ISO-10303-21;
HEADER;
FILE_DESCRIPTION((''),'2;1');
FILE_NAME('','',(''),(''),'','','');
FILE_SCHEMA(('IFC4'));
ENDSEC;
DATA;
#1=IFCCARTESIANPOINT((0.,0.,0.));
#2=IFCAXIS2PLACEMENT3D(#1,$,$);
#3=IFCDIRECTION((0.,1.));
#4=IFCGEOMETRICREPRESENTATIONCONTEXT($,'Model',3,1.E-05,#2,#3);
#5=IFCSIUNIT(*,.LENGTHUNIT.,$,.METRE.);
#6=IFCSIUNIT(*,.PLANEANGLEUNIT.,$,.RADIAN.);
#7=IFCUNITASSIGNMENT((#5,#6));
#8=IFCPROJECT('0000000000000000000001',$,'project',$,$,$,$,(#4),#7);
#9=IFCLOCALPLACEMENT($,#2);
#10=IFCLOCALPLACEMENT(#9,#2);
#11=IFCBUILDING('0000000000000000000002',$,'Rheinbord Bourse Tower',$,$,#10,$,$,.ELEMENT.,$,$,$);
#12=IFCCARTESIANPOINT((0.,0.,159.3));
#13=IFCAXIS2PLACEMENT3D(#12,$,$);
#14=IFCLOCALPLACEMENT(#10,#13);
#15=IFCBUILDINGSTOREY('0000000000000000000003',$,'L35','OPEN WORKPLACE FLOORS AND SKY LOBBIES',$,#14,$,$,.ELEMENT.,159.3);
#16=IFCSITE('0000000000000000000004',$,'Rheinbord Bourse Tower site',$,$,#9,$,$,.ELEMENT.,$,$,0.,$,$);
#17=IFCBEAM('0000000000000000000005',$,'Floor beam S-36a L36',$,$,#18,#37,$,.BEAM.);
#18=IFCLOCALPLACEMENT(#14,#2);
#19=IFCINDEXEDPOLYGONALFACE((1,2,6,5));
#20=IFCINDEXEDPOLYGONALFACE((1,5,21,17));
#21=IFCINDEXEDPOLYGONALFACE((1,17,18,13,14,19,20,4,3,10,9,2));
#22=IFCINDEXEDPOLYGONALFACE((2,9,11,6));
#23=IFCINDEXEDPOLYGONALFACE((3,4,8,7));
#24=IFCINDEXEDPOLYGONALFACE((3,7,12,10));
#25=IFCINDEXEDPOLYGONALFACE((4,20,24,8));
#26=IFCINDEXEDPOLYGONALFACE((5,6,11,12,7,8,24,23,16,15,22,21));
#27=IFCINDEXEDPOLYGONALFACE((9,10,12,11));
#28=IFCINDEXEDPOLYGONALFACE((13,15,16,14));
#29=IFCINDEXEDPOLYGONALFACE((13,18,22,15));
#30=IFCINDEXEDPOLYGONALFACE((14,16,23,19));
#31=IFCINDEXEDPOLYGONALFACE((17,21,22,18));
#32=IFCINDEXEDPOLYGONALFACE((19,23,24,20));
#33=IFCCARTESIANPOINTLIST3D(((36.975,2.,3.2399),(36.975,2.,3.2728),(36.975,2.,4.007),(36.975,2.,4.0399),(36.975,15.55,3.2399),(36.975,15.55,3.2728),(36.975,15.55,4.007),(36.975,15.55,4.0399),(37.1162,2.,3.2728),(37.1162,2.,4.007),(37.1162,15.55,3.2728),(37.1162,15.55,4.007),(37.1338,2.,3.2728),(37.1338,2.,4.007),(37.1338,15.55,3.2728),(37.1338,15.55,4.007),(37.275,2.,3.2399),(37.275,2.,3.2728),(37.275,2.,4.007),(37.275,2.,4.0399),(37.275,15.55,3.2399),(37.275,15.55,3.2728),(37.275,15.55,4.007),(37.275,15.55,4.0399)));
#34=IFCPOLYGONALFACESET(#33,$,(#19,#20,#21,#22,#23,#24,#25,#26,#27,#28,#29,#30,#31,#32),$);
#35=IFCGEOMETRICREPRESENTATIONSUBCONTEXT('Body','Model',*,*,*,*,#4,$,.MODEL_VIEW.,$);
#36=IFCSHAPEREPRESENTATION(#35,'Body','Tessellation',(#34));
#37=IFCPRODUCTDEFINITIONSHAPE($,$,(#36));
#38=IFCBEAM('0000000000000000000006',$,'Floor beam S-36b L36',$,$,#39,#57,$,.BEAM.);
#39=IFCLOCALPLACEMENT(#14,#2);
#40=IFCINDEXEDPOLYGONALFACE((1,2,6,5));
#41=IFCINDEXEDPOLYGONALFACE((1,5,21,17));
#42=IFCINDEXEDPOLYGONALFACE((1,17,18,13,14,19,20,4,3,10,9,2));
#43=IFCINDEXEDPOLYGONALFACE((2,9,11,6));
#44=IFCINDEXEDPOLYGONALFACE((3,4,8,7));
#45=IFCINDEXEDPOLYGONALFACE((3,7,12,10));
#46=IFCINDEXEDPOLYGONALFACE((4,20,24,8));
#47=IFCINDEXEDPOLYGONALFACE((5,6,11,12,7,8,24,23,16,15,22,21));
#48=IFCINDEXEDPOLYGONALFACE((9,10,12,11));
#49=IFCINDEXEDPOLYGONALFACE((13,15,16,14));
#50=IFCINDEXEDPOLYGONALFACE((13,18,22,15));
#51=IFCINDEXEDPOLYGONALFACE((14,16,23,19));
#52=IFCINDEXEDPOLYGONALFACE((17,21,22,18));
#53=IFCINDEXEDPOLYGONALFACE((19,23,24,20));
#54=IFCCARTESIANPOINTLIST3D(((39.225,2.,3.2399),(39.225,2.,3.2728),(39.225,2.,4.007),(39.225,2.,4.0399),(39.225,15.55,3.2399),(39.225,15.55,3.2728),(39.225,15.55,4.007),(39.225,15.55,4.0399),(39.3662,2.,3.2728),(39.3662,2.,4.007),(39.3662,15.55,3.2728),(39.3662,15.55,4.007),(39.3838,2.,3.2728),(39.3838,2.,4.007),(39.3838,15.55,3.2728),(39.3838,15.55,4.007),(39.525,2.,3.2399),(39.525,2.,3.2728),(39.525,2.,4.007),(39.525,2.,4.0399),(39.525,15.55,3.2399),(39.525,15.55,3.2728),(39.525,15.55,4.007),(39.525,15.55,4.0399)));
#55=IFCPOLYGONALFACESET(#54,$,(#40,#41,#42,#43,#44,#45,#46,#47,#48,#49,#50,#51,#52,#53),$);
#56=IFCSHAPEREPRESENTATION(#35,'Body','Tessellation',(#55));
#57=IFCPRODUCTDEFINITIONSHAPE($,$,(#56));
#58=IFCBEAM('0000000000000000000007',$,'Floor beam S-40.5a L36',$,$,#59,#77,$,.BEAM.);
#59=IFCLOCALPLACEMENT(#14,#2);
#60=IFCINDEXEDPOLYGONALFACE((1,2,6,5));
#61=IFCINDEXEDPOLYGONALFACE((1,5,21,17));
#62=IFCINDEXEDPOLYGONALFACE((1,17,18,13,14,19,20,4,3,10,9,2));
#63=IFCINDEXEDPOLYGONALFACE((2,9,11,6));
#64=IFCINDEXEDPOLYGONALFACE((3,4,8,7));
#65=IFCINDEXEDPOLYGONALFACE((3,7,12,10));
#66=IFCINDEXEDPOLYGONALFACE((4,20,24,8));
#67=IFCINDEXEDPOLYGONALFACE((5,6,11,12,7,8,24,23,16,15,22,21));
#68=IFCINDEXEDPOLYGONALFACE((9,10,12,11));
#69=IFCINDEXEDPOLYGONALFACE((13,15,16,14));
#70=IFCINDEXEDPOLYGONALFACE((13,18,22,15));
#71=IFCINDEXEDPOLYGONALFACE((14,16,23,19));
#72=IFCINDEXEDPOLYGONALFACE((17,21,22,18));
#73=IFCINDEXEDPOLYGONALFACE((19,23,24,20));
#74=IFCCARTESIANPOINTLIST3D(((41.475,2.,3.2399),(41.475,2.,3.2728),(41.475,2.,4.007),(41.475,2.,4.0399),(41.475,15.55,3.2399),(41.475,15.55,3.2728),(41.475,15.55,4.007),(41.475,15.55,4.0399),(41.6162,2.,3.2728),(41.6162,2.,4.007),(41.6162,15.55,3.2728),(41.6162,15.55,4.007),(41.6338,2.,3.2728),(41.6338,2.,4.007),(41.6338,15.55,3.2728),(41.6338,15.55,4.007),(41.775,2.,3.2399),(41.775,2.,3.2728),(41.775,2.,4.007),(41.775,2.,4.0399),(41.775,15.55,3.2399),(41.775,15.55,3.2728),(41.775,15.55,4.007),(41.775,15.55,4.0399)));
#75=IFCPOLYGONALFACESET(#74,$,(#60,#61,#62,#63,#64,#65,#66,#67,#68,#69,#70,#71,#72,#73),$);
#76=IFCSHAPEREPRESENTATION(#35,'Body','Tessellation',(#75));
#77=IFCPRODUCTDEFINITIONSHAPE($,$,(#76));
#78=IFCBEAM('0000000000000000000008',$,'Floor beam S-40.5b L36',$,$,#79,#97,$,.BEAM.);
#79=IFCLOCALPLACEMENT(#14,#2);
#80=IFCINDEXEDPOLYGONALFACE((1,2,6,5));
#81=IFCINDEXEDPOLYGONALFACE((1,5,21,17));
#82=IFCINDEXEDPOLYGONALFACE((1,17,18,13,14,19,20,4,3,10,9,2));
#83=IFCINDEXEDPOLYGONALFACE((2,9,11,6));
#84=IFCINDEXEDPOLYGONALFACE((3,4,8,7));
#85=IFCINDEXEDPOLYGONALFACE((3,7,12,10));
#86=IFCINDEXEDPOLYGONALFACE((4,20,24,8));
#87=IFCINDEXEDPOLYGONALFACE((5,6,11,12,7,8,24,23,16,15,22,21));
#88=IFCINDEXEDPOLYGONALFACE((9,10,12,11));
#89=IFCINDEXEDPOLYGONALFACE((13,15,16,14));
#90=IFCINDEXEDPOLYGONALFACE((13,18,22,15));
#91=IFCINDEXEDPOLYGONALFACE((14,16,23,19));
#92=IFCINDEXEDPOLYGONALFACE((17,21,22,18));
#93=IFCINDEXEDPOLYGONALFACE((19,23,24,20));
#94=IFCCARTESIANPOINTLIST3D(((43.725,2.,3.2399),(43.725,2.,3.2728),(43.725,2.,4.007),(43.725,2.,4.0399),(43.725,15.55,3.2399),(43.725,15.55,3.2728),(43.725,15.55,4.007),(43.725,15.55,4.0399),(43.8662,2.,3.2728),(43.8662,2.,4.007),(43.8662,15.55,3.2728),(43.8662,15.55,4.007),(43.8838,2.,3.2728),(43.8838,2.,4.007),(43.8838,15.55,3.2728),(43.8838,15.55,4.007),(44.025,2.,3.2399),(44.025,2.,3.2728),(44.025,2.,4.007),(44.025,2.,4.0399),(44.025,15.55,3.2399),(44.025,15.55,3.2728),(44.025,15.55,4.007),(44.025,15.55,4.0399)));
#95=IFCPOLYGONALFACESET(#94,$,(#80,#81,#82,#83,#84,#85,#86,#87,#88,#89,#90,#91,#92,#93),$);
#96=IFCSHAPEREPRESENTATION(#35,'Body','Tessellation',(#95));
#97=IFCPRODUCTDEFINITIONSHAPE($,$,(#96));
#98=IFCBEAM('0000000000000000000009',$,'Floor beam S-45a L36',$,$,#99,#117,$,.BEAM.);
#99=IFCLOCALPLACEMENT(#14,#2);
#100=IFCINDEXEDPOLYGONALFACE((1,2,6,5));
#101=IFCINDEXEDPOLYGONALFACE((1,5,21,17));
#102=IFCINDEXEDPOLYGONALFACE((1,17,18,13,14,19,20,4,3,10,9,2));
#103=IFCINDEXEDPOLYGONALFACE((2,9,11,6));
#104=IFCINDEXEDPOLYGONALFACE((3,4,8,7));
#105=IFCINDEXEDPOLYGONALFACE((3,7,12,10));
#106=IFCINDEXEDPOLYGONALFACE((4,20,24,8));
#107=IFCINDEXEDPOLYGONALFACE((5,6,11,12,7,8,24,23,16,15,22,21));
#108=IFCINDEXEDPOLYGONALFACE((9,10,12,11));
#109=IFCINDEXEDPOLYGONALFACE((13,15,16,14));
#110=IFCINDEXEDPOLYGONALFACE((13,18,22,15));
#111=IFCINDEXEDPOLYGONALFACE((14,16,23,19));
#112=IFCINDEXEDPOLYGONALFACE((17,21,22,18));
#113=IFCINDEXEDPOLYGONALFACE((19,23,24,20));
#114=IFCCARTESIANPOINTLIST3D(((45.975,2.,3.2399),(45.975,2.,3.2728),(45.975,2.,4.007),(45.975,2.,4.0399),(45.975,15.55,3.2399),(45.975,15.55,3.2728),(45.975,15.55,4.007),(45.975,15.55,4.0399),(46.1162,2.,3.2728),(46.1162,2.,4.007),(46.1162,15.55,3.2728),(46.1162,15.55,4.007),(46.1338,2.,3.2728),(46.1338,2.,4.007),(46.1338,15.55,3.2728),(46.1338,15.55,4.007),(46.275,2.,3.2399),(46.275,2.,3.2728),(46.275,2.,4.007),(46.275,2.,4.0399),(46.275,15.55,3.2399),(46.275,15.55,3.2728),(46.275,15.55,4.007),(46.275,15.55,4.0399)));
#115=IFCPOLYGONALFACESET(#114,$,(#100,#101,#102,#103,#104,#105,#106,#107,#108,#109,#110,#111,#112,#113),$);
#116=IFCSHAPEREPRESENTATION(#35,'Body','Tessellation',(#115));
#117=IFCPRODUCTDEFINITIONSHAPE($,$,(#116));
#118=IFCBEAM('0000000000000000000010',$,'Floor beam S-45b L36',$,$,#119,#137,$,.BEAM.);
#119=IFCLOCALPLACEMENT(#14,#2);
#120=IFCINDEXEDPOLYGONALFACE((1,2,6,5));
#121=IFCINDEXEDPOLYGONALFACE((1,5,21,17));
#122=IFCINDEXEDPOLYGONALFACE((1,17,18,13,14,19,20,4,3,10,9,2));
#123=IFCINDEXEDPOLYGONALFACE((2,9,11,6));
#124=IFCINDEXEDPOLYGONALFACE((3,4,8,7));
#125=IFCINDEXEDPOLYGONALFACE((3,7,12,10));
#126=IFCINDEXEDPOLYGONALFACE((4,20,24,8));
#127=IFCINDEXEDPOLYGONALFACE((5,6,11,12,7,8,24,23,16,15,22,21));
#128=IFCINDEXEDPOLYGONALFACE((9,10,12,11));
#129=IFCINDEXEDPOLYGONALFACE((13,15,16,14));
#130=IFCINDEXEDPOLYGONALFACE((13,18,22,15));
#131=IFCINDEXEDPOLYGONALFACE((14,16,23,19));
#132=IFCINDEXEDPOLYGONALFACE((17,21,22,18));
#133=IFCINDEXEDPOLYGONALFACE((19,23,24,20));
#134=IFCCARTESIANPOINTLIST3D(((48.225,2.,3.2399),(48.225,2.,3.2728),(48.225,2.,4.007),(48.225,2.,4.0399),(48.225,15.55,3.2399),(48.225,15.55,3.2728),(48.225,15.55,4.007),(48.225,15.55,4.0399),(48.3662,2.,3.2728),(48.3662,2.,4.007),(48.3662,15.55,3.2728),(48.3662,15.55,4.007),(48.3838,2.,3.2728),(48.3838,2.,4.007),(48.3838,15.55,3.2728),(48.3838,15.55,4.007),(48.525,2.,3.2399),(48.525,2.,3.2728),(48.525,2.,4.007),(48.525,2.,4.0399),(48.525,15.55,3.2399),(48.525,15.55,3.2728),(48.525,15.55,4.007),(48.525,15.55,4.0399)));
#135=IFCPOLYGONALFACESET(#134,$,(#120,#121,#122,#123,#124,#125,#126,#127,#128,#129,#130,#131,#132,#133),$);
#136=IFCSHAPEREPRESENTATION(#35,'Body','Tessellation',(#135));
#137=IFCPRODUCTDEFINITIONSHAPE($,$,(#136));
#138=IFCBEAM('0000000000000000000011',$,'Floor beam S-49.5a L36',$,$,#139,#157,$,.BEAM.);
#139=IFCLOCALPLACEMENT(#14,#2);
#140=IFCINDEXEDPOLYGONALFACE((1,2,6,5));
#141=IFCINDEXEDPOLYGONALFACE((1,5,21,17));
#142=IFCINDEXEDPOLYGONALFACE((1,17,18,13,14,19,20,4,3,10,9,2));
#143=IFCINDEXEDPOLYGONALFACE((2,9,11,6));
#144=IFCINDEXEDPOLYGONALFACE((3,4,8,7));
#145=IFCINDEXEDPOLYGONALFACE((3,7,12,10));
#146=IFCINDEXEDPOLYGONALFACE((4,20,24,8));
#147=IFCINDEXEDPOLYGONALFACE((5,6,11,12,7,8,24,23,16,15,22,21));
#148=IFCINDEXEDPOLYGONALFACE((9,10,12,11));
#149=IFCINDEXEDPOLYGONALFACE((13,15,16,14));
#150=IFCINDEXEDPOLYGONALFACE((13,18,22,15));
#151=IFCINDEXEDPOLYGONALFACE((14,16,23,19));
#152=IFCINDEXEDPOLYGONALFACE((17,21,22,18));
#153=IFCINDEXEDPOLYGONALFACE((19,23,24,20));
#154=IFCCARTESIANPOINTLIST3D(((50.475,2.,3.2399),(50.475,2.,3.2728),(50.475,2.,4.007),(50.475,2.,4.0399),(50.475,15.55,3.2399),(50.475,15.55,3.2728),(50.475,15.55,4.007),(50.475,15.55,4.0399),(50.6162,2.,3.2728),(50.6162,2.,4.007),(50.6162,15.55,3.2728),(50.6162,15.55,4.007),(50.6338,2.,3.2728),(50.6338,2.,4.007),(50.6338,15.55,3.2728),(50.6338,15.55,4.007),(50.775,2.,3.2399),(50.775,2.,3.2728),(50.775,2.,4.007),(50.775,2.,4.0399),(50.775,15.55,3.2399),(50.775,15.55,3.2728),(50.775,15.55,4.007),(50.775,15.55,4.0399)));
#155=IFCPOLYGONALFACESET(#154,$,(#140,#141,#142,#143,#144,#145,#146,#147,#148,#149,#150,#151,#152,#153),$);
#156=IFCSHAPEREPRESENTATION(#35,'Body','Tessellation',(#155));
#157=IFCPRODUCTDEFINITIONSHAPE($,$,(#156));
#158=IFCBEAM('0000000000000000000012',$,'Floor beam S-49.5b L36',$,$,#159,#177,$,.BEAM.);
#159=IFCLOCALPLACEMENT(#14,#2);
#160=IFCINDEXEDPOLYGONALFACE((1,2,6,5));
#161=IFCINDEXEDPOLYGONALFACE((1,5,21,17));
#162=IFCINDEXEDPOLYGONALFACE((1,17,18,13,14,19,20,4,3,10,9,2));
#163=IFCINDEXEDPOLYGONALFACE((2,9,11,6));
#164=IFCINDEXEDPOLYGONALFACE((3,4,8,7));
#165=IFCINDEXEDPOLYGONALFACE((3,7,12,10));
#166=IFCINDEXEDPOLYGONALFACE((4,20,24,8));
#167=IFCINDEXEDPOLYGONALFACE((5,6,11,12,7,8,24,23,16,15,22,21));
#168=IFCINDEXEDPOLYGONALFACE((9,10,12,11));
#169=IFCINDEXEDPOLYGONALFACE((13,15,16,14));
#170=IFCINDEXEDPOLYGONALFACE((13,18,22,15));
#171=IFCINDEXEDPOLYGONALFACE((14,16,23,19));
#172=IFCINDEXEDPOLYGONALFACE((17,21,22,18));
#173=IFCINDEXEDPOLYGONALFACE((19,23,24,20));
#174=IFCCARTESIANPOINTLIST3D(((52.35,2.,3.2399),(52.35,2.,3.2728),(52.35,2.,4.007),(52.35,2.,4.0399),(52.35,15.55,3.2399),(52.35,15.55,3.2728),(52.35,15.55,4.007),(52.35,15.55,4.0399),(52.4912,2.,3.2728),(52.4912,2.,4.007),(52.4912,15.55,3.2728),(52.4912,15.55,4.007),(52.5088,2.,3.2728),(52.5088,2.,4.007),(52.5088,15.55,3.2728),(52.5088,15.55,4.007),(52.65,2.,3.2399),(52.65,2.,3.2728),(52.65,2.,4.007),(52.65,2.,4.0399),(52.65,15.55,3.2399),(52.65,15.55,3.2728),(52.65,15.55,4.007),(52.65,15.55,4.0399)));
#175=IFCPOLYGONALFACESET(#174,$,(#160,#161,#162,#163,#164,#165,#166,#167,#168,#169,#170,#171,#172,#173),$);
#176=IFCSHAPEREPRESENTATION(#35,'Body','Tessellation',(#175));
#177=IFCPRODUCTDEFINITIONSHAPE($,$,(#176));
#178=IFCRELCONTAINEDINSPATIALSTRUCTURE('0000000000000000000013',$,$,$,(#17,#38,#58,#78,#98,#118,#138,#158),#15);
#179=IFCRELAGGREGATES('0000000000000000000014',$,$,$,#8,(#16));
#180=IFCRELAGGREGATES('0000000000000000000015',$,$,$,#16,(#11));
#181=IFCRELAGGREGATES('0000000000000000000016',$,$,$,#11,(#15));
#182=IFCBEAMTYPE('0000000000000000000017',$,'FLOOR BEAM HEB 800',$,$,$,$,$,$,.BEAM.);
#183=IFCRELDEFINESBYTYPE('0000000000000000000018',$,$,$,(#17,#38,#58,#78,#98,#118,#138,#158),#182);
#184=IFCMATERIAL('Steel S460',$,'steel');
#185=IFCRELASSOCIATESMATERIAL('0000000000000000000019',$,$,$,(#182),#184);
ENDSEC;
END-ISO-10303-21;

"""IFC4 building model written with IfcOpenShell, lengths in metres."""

from ifc_helpers import new_model, si_unit, direction, frame, origin, origin_2d, place, context, subcontext, project, spatial, i_section, extrude, material, material_profile, profile_set, type_object, element, save


model = new_model("IFC4")

# Units and contexts
model_context = context("Model", 3, precision=1e-05, world=origin(), true_north=direction((0.0, 1.0)))
body_context = subcontext(model_context, "Body", "Model", "MODEL_VIEW")
ifc_project = project(units=[si_unit("LENGTHUNIT", "METRE"), si_unit("PLANEANGLEUNIT", "RADIAN")], contexts=[model_context])

# Site, building, storey
site_placement = place(None, origin())
site = spatial("IfcSite", under=ifc_project, at=site_placement, Name="Rheinbord Bourse Tower site", CompositionType="ELEMENT", RefElevation=0.0)
building_placement = place(site_placement, origin())
building = spatial("IfcBuilding", under=site, at=building_placement, Name="Rheinbord Bourse Tower", CompositionType="ELEMENT")
storey_placement = place(building_placement, frame((0.0, 0.0, 159.3)))
storey = spatial("IfcBuildingStorey", under=building, at=storey_placement, Name="L35", Description="OPEN WORKPLACE FLOORS AND SKY LOBBIES", CompositionType="ELEMENT", Elevation=159.3)

# Beams
ifc_material_1 = material(Name="Steel S460", Category="steel")
ifc_material_profile_1 = material_profile(ifc_material_1, i_section(OverallWidth=0.3, OverallDepth=0.8, WebThickness=0.0176, FlangeThickness=0.033, at=origin_2d()), Name="HEB 800")
ifc_profile_set_1 = profile_set([ifc_material_profile_1], Name="Steel S460")
beam_type_1 = type_object("IfcBeamType", Name="FLOOR BEAM HEB 800", PredefinedType="BEAM", material=ifc_profile_set_1)
for number, where, z_axis, x_axis, name in (
    (1, (37.125, 2.0, 3.6399), (0.0, 1.0, 0.0), (-1.0, 0.0, 0.0), "Floor beam S-36a L36"),
    (2, (39.375, 2.0, 3.6399), (0.0, 1.0, 0.0), (-1.0, 0.0, 0.0), "Floor beam S-36b L36"),
    (3, (41.625, 2.0, 3.6399), (0.0, 1.0, 0.0), (-1.0, 0.0, 0.0), "Floor beam S-40.5a L36"),
    (4, (43.875, 2.0, 3.6399), (0.0, 1.0, 0.0), (-1.0, 0.0, 0.0), "Floor beam S-40.5b L36"),
    (5, (46.125, 2.0, 3.6399), (0.0, 1.0, 0.0), (-1.0, 0.0, 0.0), "Floor beam S-45a L36"),
    (6, (48.375, 2.0, 3.6399), (0.0, 1.0, 0.0), (-1.0, 0.0, 0.0), "Floor beam S-45b L36"),
    (7, (50.625, 2.0, 3.6399), (0.0, 1.0, 0.0), (-1.0, 0.0, 0.0), "Floor beam S-49.5a L36"),
    (8, (52.5, 2.0, 3.6399), (0.0, 1.0, 0.0), (-1.0, 0.0, 0.0), "Floor beam S-49.5b L36"),
):
    element("IfcBeam", number, at=place(storey_placement, frame(where, z_axis=z_axis, x_axis=x_axis)), inside=storey, type_object=beam_type_1, Name=name, PredefinedType="BEAM", context=body_context, shape_type="SweptSolid", body=[
        extrude(i_section(OverallWidth=0.3, OverallDepth=0.8, WebThickness=0.0176, FlangeThickness=0.033, at=origin_2d()), origin(), (0.0, 0.0, 1.0), 13.55),
    ])

save(model, "model.ifc")
